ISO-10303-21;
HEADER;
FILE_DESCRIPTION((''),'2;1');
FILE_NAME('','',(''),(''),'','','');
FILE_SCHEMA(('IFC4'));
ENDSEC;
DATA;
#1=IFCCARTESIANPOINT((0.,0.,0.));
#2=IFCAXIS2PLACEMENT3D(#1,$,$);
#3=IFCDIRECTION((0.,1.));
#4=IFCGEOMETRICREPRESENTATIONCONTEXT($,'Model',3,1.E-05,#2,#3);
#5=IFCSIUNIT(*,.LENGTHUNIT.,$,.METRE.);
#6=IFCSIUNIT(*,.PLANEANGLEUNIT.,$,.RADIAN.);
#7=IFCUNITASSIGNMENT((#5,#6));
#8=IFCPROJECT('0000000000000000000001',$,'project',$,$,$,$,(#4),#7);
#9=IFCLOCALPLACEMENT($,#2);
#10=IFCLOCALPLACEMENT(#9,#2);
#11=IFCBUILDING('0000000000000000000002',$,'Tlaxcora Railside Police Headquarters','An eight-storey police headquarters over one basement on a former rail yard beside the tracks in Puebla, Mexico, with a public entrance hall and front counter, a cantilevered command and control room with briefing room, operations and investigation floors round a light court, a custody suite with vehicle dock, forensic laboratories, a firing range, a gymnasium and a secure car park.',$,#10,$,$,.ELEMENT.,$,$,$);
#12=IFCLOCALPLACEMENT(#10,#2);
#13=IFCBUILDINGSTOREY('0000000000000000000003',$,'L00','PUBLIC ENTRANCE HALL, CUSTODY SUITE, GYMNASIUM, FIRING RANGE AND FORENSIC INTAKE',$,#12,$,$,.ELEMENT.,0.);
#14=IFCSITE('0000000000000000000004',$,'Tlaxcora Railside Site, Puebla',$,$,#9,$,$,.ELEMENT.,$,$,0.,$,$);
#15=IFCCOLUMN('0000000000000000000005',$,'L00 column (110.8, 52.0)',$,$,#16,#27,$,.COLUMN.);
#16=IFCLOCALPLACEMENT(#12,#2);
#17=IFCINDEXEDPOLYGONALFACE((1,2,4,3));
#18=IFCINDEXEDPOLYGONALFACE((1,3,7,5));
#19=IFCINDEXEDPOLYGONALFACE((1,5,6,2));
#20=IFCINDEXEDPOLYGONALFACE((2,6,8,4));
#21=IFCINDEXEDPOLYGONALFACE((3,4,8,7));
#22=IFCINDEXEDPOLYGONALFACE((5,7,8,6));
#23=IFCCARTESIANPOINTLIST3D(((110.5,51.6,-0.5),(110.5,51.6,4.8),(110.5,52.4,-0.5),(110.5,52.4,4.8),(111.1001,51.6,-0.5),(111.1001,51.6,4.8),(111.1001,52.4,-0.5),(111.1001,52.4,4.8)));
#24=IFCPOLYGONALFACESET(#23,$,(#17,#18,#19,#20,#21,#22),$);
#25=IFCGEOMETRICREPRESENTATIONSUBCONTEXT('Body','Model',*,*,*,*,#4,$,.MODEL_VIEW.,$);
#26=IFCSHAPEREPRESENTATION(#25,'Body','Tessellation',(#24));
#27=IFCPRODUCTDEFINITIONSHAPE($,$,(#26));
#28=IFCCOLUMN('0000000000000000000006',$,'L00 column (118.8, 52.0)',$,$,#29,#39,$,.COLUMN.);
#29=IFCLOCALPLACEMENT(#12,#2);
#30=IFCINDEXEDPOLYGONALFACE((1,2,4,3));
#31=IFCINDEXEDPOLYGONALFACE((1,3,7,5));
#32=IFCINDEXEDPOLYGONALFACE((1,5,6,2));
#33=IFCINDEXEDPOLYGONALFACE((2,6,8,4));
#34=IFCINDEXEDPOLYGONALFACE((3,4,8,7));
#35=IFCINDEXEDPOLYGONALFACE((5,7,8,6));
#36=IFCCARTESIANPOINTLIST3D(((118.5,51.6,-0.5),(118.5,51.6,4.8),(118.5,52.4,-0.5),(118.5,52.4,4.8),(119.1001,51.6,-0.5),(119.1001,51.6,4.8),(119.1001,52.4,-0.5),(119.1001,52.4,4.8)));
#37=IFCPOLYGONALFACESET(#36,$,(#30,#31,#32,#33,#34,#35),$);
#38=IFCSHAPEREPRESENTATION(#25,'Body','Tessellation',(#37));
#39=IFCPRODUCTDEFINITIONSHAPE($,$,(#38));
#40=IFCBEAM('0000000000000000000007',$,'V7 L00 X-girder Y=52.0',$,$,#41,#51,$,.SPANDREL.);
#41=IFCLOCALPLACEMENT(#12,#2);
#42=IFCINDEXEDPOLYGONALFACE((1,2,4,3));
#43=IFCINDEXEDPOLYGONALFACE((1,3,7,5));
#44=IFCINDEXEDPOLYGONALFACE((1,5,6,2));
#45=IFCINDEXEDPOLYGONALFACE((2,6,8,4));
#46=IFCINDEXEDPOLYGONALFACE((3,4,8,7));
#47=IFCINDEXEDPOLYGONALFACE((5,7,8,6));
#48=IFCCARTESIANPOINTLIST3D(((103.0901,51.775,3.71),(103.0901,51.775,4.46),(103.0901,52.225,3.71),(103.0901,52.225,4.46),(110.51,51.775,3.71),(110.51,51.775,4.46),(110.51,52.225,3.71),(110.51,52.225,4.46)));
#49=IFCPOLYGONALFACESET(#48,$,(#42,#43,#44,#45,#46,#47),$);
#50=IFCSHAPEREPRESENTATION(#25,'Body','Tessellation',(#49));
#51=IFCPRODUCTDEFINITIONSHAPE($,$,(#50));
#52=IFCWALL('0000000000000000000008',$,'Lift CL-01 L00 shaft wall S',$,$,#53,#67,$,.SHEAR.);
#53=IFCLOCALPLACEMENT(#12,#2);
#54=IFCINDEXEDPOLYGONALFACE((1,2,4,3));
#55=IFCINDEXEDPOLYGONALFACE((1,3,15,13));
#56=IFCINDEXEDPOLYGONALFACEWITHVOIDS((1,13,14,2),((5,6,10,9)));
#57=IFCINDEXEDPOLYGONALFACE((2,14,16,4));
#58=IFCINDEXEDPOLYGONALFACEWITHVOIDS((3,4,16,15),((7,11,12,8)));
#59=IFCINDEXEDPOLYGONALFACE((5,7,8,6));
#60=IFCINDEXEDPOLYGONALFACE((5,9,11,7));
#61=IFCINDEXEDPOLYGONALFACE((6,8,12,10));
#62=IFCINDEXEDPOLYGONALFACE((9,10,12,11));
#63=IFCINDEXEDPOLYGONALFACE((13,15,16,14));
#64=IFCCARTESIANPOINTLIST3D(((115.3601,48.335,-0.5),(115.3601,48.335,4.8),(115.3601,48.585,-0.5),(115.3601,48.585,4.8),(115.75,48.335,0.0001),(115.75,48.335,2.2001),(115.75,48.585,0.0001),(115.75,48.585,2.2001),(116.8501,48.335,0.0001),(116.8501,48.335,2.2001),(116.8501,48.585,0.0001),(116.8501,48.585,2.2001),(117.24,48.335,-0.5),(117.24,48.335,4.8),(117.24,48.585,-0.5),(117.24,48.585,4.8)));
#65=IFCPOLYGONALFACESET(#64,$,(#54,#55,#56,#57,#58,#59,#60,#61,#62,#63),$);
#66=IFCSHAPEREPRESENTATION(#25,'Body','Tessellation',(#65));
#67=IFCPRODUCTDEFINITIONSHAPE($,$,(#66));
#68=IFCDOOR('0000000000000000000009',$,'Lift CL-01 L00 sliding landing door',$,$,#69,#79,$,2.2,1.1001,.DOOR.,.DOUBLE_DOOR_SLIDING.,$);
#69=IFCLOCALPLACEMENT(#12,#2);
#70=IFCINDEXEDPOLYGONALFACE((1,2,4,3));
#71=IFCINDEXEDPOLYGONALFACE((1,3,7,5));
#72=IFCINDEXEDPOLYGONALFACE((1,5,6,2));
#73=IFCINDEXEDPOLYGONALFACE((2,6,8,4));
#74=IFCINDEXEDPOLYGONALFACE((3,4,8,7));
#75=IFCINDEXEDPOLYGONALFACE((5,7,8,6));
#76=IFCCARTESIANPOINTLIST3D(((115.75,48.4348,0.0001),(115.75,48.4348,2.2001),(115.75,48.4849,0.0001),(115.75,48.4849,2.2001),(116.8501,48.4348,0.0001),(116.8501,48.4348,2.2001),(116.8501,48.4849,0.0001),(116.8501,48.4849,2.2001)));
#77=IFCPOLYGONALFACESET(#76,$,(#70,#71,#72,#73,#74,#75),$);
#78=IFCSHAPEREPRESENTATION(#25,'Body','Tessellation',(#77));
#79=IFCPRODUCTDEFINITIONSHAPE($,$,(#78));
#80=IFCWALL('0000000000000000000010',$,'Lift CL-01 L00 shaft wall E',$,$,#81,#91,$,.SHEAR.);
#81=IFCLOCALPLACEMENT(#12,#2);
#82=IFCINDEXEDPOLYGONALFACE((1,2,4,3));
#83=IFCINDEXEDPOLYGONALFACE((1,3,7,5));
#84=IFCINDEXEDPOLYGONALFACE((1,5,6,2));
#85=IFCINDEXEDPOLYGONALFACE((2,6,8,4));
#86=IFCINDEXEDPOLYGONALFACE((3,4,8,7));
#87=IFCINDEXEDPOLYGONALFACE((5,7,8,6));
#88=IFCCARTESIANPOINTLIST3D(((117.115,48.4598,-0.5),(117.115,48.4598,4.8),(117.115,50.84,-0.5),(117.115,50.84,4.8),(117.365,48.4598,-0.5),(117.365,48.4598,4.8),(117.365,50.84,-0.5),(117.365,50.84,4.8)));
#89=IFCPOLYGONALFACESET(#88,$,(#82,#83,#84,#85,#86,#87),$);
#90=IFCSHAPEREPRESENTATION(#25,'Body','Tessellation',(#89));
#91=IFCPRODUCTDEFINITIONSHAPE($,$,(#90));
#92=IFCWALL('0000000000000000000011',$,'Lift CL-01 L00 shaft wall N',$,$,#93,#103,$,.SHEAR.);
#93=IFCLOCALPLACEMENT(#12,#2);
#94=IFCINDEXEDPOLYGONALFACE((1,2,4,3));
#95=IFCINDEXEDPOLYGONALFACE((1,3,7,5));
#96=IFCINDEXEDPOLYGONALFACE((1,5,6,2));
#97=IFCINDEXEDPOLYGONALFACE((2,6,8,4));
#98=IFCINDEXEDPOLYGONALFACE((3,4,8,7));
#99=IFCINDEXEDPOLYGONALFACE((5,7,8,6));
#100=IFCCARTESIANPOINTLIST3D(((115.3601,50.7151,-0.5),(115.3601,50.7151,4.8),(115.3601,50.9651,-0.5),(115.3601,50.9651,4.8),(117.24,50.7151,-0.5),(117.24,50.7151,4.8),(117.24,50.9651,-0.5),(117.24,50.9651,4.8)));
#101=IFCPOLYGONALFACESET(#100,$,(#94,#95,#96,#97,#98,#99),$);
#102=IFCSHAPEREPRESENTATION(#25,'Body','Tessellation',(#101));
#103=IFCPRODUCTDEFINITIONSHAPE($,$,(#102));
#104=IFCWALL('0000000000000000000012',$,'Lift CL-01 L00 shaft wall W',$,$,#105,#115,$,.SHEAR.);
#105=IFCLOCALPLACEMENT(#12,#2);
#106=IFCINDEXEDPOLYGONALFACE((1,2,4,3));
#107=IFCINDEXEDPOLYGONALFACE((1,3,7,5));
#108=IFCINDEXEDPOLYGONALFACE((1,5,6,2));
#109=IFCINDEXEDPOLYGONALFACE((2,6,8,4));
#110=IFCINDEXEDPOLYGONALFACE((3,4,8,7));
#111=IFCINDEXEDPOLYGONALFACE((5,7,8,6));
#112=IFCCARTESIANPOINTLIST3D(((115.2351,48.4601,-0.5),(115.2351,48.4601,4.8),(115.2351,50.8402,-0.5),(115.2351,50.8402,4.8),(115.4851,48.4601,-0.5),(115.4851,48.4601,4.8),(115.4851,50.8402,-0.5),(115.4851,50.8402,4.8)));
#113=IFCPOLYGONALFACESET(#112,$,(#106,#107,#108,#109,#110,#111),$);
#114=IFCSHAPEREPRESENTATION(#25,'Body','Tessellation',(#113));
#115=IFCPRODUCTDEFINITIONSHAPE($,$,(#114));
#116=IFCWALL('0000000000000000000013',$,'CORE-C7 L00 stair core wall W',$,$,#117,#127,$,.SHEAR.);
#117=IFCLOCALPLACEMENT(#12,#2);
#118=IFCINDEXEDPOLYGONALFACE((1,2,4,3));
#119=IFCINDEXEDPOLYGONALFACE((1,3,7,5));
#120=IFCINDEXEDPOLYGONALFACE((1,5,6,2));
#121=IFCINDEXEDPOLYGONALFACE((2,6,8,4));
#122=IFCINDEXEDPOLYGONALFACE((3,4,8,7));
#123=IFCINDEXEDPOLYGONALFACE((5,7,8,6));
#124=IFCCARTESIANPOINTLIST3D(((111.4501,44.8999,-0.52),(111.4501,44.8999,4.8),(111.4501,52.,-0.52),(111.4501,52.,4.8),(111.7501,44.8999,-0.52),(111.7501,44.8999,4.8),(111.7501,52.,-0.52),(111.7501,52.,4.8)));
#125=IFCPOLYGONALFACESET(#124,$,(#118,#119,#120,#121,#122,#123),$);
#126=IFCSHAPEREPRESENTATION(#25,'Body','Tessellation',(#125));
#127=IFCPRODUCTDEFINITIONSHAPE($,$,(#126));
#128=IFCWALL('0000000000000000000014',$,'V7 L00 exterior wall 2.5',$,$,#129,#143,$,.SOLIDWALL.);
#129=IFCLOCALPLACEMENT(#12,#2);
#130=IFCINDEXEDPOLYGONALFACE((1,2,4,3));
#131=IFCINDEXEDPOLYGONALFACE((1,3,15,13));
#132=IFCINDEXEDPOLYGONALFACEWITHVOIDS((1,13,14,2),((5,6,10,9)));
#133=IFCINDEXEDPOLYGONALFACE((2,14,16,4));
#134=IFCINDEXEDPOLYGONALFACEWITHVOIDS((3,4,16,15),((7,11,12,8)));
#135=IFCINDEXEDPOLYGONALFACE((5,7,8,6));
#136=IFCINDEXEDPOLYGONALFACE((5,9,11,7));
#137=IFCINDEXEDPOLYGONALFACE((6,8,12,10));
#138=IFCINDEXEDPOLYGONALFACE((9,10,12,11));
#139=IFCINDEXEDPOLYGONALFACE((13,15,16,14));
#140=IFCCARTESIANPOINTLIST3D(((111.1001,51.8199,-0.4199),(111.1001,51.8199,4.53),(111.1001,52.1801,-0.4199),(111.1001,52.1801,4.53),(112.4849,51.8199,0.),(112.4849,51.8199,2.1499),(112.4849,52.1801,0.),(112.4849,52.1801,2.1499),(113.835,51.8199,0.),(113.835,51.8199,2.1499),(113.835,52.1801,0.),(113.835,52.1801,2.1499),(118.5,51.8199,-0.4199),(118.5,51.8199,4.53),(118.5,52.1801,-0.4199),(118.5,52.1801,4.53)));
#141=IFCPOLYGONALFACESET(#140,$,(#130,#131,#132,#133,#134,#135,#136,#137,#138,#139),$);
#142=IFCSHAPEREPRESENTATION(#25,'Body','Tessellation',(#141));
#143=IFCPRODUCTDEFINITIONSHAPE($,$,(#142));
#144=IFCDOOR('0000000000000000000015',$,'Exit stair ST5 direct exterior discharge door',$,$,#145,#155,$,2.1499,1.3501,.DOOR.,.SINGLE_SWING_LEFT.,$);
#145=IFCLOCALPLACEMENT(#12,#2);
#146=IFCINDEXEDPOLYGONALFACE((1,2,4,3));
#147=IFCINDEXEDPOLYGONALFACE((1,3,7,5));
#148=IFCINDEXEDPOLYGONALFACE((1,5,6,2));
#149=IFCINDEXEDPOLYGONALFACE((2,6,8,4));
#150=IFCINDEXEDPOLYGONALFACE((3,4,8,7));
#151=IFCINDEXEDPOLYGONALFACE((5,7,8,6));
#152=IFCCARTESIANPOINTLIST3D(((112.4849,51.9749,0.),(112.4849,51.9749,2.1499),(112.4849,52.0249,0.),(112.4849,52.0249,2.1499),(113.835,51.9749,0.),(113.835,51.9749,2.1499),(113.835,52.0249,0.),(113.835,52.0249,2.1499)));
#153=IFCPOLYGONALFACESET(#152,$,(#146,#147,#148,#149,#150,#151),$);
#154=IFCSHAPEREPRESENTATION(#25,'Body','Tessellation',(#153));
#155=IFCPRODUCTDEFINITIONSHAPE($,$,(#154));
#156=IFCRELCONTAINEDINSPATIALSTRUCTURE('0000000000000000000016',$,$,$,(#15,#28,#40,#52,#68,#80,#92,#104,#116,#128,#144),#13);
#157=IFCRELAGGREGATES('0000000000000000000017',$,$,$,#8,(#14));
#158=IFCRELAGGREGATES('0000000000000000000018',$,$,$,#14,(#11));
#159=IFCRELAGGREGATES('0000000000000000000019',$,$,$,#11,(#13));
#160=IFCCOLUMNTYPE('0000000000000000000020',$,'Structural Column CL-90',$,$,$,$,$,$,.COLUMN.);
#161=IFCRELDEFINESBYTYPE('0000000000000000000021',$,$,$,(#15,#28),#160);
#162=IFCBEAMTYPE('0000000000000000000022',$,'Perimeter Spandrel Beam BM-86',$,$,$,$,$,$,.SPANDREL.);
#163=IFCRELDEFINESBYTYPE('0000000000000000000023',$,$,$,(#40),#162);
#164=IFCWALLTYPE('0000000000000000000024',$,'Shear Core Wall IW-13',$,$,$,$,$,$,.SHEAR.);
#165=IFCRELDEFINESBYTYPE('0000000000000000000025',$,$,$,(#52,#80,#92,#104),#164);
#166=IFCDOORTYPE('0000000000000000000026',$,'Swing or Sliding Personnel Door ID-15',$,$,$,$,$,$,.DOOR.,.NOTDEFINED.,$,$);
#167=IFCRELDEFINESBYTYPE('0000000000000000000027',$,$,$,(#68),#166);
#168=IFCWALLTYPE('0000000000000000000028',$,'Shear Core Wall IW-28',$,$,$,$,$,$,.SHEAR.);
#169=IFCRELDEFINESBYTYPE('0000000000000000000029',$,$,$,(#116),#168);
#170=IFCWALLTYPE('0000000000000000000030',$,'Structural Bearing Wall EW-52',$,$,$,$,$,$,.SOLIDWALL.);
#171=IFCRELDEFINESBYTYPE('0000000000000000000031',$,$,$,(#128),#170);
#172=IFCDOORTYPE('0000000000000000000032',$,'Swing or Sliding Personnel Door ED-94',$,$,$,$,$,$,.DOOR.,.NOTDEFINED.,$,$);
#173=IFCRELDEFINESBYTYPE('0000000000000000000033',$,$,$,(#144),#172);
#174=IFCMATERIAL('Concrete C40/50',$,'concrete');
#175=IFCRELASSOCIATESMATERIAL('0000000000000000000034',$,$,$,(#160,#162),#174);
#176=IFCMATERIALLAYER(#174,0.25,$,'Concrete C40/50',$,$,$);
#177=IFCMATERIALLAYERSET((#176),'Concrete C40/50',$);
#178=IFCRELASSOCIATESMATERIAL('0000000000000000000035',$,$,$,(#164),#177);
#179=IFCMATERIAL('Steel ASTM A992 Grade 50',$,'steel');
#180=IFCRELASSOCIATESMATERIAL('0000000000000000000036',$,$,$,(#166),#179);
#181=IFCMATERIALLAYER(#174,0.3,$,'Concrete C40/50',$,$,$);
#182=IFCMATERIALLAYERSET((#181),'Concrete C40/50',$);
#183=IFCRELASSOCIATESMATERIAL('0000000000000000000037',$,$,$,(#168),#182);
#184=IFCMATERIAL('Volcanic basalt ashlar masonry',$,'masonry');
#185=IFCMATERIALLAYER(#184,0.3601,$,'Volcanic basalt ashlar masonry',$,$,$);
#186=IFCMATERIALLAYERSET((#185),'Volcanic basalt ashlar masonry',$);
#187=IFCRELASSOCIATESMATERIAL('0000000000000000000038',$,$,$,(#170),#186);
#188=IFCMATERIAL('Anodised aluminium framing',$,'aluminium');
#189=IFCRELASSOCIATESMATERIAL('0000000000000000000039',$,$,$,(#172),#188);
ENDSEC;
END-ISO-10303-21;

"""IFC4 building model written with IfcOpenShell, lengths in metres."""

from ifc_helpers import new_model, si_unit, direction, frame, frame_2d, origin, origin_2d, place, context, subcontext, project, spatial, rectangle, extrude, material, layer, layer_set, material_profile, profile_set, type_object, element, fill, save


model = new_model("IFC4")

# Units and contexts
model_context = context("Model", 3, precision=1e-05, world=origin(), true_north=direction((0.0, 1.0)))
body_context = subcontext(model_context, "Body", "Model", "MODEL_VIEW")
ifc_project = project(units=[si_unit("LENGTHUNIT", "METRE"), si_unit("PLANEANGLEUNIT", "RADIAN")], contexts=[model_context])

# Site, building, storey
site_placement = place(None, origin())
site = spatial("IfcSite", under=ifc_project, at=site_placement, Name="Tlaxcora Railside Site, Puebla", CompositionType="ELEMENT", RefElevation=0.0)
building_placement = place(site_placement, origin())
building = spatial("IfcBuilding", under=site, at=building_placement, Name="Tlaxcora Railside Police Headquarters", Description="An eight-storey police headquarters over one basement on a former rail yard beside the tracks in Puebla, Mexico, with a public entrance hall and front counter, a cantilevered command and control room with briefing room, operations and investigation floors round a light court, a custody suite with vehicle dock, forensic laboratories, a firing range, a gymnasium and a secure car park.", CompositionType="ELEMENT")
storey_placement = place(building_placement, origin())
storey = spatial("IfcBuildingStorey", under=building, at=storey_placement, Name="L00", Description="PUBLIC ENTRANCE HALL, CUSTODY SUITE, GYMNASIUM, FIRING RANGE AND FORENSIC INTAKE", CompositionType="ELEMENT", Elevation=0.0)

# Shared definitions
ifc_material_1 = material(Name="Concrete C40/50", Category="concrete")

# Columns
ifc_material_profile_1 = material_profile(ifc_material_1, rectangle(XDim=0.6001, YDim=0.8, at=origin_2d()), Name="RC600X800")
ifc_profile_set_1 = profile_set([ifc_material_profile_1], Name="Concrete C40/50")
column_type = type_object("IfcColumnType", Name="Structural Column CL-90", PredefinedType="COLUMN", material=ifc_profile_set_1)
for number, where, z_axis, x_axis, name in (
    (1, (110.8, 52.0, -0.5), (0.0, 0.0, 1.0), (1.0, 0.0, 0.0), "L00 column (110.8, 52.0)"),
    (2, (118.8, 52.0, -0.5), (0.0, 0.0, 1.0), (1.0, 0.0, 0.0), "L00 column (118.8, 52.0)"),
):
    element("IfcColumn", number, at=place(storey_placement, frame(where, z_axis=z_axis, x_axis=x_axis)), inside=storey, type_object=column_type, Name=name, PredefinedType="COLUMN", context=body_context, shape_type="SweptSolid", body=[
        extrude(rectangle(XDim=0.6001, YDim=0.8, at=origin_2d()), origin(), (0.0, 0.0, 1.0), 5.3),
    ])

# Beam
ifc_material_profile_2 = material_profile(ifc_material_1, rectangle(XDim=0.45, YDim=0.75, at=origin_2d()), Name="RC450X750")
ifc_profile_set_2 = profile_set([ifc_material_profile_2], Name="Concrete C40/50")
beam_type = type_object("IfcBeamType", Name="Perimeter Spandrel Beam BM-86", PredefinedType="SPANDREL", material=ifc_profile_set_2)
beam_placement = place(storey_placement, frame((103.0901, 52.0, 4.085), z_axis=(1.0, 0.0, 0.0), x_axis=(0.0, 1.0, 0.0)))
element("IfcBeam", 3, at=beam_placement, inside=storey, type_object=beam_type, Name="V7 L00 X-girder Y=52.0", PredefinedType="SPANDREL", context=body_context, shape_type="SweptSolid", body=[
    extrude(rectangle(XDim=0.45, YDim=0.75, at=origin_2d()), origin(), (0.0, 0.0, 1.0), 7.4199),
])

# Wall, opening, door
ifc_layer_1 = layer(ifc_material_1, 0.25, Name="Concrete C40/50")
ifc_layer_set_1 = layer_set([ifc_layer_1], Name="Concrete C40/50")
wall_type_1 = type_object("IfcWallType", Name="Shear Core Wall IW-13", PredefinedType="SHEAR", material=ifc_layer_set_1)
wall_1_placement = place(storey_placement, frame((115.3601, 48.46, -0.5), z_axis=(0.0, 0.0, 1.0), x_axis=(1.0, 0.0, 0.0)))
wall_1 = element("IfcWall", 4, at=wall_1_placement, inside=storey, type_object=wall_type_1, Name="Lift CL-01 L00 shaft wall S", PredefinedType="SHEAR", context=body_context, shape_type="SweptSolid", body=[
    extrude(rectangle(XDim=1.8799, YDim=0.25, at=frame_2d((0.9399, 0.0))), origin(), (0.0, 0.0, 1.0), 5.3),
])
opening_1_placement = place(wall_1_placement, frame((0.3899, 0.0, 0.5)))
opening_1 = element("IfcOpeningElement", 5, at=opening_1_placement, cuts=wall_1, PredefinedType="OPENING", context=body_context, shape_type="SweptSolid", body=[
    extrude(rectangle(XDim=1.1001, YDim=2.2, at=frame_2d((0.55, 1.1001))), frame((0.0, 0.135, 0.0), z_axis=(0.0, -1.0, 0.0), x_axis=(1.0, 0.0, 0.0)), (0.0, 0.0, 1.0), 0.27),
])
ifc_material_2 = material(Name="Steel ASTM A992 Grade 50", Category="steel")
door_type_1 = type_object("IfcDoorType", Name="Swing or Sliding Personnel Door ID-15", OperationType="NOTDEFINED", PredefinedType="DOOR", material=ifc_material_2)
door_1_placement = place(opening_1_placement, origin())
door_1 = element("IfcDoor", 6, at=door_1_placement, inside=storey, type_object=door_type_1, Name="Lift CL-01 L00 sliding landing door", OperationType="DOUBLE_DOOR_SLIDING", OverallHeight=2.2, OverallWidth=1.1001, PredefinedType="DOOR", context=body_context, shape_type="SweptSolid", body=[
    extrude(rectangle(XDim=1.1001, YDim=2.2, at=frame_2d((0.55, 1.1001))), frame((0.0, 0.0249, 0.0), z_axis=(0.0, -1.0, 0.0), x_axis=(1.0, 0.0, 0.0)), (0.0, 0.0, 1.0), 0.05),
])
fill(opening_1, door_1)

# Walls
wall_2_placement = place(storey_placement, frame((117.24, 48.46, -0.5), z_axis=(0.0, 0.0, 1.0), x_axis=(0.0, 1.0, 0.0)))
element("IfcWall", 7, at=wall_2_placement, inside=storey, type_object=wall_type_1, Name="Lift CL-01 L00 shaft wall E", PredefinedType="SHEAR", context=body_context, shape_type="SweptSolid", body=[
    extrude(rectangle(XDim=2.3801, YDim=0.25, at=frame_2d((1.1899, 0.0))), origin(), (0.0, 0.0, 1.0), 5.3),
])
wall_3_placement = place(storey_placement, frame((117.24, 50.8401, -0.5), z_axis=(0.0, 0.0, 1.0), x_axis=(-1.0, 0.0, 0.0)))
element("IfcWall", 8, at=wall_3_placement, inside=storey, type_object=wall_type_1, Name="Lift CL-01 L00 shaft wall N", PredefinedType="SHEAR", context=body_context, shape_type="SweptSolid", body=[
    extrude(rectangle(XDim=1.8799, YDim=0.25, at=frame_2d((0.9399, 0.0))), origin(), (0.0, 0.0, 1.0), 5.3),
])
wall_4_placement = place(storey_placement, frame((115.3601, 50.8401, -0.5), z_axis=(0.0, 0.0, 1.0), x_axis=(0.0, -1.0, 0.0)))
element("IfcWall", 9, at=wall_4_placement, inside=storey, type_object=wall_type_1, Name="Lift CL-01 L00 shaft wall W", PredefinedType="SHEAR", context=body_context, shape_type="SweptSolid", body=[
    extrude(rectangle(XDim=2.3801, YDim=0.25, at=frame_2d((1.1899, 0.0))), origin(), (0.0, 0.0, 1.0), 5.3),
])
ifc_layer_2 = layer(ifc_material_1, 0.3, Name="Concrete C40/50")
ifc_layer_set_2 = layer_set([ifc_layer_2], Name="Concrete C40/50")
wall_type_2 = type_object("IfcWallType", Name="Shear Core Wall IW-28", PredefinedType="SHEAR", material=ifc_layer_set_2)
wall_5_placement = place(storey_placement, frame((111.6001, 52.0, -0.52), z_axis=(0.0, 0.0, 1.0), x_axis=(0.0, -1.0, 0.0)))
element("IfcWall", 10, at=wall_5_placement, inside=storey, type_object=wall_type_2, Name="CORE-C7 L00 stair core wall W", PredefinedType="SHEAR", context=body_context, shape_type="SweptSolid", body=[
    extrude(rectangle(XDim=7.1001, YDim=0.3, at=frame_2d((3.55, 0.0))), origin(), (0.0, 0.0, 1.0), 5.3201),
])

# Wall, opening, door
ifc_material_3 = material(Name="Volcanic basalt ashlar masonry", Category="masonry")
ifc_layer_3 = layer(ifc_material_3, 0.3601, Name="Volcanic basalt ashlar masonry")
ifc_layer_set_3 = layer_set([ifc_layer_3], Name="Volcanic basalt ashlar masonry")
wall_type_3 = type_object("IfcWallType", Name="Structural Bearing Wall EW-52", PredefinedType="SOLIDWALL", material=ifc_layer_set_3)
wall_6_placement = place(storey_placement, frame((118.5, 52.0, -0.4199), z_axis=(0.0, 0.0, 1.0), x_axis=(-1.0, 0.0, 0.0)))
wall_6 = element("IfcWall", 11, at=wall_6_placement, inside=storey, type_object=wall_type_3, Name="V7 L00 exterior wall 2.5", PredefinedType="SOLIDWALL", context=body_context, shape_type="SweptSolid", body=[
    extrude(rectangle(XDim=7.3999, YDim=0.3601, at=frame_2d((3.7, 0.0))), origin(), (0.0, 0.0, 1.0), 4.95),
])
opening_2_placement = place(wall_6_placement, frame((4.665, 0.0, 0.4199)))
opening_2 = element("IfcOpeningElement", 12, at=opening_2_placement, cuts=wall_6, PredefinedType="OPENING", context=body_context, shape_type="SweptSolid", body=[
    extrude(rectangle(XDim=1.3501, YDim=2.1499, at=frame_2d((0.675, 1.075))), frame((0.0, 0.1899, 0.0), z_axis=(0.0, -1.0, 0.0), x_axis=(1.0, 0.0, 0.0)), (0.0, 0.0, 1.0), 0.3801),
])
ifc_material_4 = material(Name="Anodised aluminium framing", Category="aluminium")
door_type_2 = type_object("IfcDoorType", Name="Swing or Sliding Personnel Door ED-94", OperationType="NOTDEFINED", PredefinedType="DOOR", material=ifc_material_4)
door_2_placement = place(opening_2_placement, frame((1.3501, 0.0, 0.0), z_axis=(0.0, 0.0, 1.0), x_axis=(-1.0, 0.0, 0.0)))
door_2 = element("IfcDoor", 13, at=door_2_placement, inside=storey, type_object=door_type_2, Name="Exit stair ST5 direct exterior discharge door", OperationType="SINGLE_SWING_LEFT", OverallHeight=2.1499, OverallWidth=1.3501, PredefinedType="DOOR", context=body_context, shape_type="SweptSolid", body=[
    extrude(rectangle(XDim=1.3501, YDim=2.1499, at=frame_2d((0.675, 1.075))), frame((0.0, 0.0249, 0.0), z_axis=(0.0, -1.0, 0.0), x_axis=(1.0, 0.0, 0.0)), (0.0, 0.0, 1.0), 0.05),
])
fill(opening_2, door_2)

save(model, "model.ifc")
